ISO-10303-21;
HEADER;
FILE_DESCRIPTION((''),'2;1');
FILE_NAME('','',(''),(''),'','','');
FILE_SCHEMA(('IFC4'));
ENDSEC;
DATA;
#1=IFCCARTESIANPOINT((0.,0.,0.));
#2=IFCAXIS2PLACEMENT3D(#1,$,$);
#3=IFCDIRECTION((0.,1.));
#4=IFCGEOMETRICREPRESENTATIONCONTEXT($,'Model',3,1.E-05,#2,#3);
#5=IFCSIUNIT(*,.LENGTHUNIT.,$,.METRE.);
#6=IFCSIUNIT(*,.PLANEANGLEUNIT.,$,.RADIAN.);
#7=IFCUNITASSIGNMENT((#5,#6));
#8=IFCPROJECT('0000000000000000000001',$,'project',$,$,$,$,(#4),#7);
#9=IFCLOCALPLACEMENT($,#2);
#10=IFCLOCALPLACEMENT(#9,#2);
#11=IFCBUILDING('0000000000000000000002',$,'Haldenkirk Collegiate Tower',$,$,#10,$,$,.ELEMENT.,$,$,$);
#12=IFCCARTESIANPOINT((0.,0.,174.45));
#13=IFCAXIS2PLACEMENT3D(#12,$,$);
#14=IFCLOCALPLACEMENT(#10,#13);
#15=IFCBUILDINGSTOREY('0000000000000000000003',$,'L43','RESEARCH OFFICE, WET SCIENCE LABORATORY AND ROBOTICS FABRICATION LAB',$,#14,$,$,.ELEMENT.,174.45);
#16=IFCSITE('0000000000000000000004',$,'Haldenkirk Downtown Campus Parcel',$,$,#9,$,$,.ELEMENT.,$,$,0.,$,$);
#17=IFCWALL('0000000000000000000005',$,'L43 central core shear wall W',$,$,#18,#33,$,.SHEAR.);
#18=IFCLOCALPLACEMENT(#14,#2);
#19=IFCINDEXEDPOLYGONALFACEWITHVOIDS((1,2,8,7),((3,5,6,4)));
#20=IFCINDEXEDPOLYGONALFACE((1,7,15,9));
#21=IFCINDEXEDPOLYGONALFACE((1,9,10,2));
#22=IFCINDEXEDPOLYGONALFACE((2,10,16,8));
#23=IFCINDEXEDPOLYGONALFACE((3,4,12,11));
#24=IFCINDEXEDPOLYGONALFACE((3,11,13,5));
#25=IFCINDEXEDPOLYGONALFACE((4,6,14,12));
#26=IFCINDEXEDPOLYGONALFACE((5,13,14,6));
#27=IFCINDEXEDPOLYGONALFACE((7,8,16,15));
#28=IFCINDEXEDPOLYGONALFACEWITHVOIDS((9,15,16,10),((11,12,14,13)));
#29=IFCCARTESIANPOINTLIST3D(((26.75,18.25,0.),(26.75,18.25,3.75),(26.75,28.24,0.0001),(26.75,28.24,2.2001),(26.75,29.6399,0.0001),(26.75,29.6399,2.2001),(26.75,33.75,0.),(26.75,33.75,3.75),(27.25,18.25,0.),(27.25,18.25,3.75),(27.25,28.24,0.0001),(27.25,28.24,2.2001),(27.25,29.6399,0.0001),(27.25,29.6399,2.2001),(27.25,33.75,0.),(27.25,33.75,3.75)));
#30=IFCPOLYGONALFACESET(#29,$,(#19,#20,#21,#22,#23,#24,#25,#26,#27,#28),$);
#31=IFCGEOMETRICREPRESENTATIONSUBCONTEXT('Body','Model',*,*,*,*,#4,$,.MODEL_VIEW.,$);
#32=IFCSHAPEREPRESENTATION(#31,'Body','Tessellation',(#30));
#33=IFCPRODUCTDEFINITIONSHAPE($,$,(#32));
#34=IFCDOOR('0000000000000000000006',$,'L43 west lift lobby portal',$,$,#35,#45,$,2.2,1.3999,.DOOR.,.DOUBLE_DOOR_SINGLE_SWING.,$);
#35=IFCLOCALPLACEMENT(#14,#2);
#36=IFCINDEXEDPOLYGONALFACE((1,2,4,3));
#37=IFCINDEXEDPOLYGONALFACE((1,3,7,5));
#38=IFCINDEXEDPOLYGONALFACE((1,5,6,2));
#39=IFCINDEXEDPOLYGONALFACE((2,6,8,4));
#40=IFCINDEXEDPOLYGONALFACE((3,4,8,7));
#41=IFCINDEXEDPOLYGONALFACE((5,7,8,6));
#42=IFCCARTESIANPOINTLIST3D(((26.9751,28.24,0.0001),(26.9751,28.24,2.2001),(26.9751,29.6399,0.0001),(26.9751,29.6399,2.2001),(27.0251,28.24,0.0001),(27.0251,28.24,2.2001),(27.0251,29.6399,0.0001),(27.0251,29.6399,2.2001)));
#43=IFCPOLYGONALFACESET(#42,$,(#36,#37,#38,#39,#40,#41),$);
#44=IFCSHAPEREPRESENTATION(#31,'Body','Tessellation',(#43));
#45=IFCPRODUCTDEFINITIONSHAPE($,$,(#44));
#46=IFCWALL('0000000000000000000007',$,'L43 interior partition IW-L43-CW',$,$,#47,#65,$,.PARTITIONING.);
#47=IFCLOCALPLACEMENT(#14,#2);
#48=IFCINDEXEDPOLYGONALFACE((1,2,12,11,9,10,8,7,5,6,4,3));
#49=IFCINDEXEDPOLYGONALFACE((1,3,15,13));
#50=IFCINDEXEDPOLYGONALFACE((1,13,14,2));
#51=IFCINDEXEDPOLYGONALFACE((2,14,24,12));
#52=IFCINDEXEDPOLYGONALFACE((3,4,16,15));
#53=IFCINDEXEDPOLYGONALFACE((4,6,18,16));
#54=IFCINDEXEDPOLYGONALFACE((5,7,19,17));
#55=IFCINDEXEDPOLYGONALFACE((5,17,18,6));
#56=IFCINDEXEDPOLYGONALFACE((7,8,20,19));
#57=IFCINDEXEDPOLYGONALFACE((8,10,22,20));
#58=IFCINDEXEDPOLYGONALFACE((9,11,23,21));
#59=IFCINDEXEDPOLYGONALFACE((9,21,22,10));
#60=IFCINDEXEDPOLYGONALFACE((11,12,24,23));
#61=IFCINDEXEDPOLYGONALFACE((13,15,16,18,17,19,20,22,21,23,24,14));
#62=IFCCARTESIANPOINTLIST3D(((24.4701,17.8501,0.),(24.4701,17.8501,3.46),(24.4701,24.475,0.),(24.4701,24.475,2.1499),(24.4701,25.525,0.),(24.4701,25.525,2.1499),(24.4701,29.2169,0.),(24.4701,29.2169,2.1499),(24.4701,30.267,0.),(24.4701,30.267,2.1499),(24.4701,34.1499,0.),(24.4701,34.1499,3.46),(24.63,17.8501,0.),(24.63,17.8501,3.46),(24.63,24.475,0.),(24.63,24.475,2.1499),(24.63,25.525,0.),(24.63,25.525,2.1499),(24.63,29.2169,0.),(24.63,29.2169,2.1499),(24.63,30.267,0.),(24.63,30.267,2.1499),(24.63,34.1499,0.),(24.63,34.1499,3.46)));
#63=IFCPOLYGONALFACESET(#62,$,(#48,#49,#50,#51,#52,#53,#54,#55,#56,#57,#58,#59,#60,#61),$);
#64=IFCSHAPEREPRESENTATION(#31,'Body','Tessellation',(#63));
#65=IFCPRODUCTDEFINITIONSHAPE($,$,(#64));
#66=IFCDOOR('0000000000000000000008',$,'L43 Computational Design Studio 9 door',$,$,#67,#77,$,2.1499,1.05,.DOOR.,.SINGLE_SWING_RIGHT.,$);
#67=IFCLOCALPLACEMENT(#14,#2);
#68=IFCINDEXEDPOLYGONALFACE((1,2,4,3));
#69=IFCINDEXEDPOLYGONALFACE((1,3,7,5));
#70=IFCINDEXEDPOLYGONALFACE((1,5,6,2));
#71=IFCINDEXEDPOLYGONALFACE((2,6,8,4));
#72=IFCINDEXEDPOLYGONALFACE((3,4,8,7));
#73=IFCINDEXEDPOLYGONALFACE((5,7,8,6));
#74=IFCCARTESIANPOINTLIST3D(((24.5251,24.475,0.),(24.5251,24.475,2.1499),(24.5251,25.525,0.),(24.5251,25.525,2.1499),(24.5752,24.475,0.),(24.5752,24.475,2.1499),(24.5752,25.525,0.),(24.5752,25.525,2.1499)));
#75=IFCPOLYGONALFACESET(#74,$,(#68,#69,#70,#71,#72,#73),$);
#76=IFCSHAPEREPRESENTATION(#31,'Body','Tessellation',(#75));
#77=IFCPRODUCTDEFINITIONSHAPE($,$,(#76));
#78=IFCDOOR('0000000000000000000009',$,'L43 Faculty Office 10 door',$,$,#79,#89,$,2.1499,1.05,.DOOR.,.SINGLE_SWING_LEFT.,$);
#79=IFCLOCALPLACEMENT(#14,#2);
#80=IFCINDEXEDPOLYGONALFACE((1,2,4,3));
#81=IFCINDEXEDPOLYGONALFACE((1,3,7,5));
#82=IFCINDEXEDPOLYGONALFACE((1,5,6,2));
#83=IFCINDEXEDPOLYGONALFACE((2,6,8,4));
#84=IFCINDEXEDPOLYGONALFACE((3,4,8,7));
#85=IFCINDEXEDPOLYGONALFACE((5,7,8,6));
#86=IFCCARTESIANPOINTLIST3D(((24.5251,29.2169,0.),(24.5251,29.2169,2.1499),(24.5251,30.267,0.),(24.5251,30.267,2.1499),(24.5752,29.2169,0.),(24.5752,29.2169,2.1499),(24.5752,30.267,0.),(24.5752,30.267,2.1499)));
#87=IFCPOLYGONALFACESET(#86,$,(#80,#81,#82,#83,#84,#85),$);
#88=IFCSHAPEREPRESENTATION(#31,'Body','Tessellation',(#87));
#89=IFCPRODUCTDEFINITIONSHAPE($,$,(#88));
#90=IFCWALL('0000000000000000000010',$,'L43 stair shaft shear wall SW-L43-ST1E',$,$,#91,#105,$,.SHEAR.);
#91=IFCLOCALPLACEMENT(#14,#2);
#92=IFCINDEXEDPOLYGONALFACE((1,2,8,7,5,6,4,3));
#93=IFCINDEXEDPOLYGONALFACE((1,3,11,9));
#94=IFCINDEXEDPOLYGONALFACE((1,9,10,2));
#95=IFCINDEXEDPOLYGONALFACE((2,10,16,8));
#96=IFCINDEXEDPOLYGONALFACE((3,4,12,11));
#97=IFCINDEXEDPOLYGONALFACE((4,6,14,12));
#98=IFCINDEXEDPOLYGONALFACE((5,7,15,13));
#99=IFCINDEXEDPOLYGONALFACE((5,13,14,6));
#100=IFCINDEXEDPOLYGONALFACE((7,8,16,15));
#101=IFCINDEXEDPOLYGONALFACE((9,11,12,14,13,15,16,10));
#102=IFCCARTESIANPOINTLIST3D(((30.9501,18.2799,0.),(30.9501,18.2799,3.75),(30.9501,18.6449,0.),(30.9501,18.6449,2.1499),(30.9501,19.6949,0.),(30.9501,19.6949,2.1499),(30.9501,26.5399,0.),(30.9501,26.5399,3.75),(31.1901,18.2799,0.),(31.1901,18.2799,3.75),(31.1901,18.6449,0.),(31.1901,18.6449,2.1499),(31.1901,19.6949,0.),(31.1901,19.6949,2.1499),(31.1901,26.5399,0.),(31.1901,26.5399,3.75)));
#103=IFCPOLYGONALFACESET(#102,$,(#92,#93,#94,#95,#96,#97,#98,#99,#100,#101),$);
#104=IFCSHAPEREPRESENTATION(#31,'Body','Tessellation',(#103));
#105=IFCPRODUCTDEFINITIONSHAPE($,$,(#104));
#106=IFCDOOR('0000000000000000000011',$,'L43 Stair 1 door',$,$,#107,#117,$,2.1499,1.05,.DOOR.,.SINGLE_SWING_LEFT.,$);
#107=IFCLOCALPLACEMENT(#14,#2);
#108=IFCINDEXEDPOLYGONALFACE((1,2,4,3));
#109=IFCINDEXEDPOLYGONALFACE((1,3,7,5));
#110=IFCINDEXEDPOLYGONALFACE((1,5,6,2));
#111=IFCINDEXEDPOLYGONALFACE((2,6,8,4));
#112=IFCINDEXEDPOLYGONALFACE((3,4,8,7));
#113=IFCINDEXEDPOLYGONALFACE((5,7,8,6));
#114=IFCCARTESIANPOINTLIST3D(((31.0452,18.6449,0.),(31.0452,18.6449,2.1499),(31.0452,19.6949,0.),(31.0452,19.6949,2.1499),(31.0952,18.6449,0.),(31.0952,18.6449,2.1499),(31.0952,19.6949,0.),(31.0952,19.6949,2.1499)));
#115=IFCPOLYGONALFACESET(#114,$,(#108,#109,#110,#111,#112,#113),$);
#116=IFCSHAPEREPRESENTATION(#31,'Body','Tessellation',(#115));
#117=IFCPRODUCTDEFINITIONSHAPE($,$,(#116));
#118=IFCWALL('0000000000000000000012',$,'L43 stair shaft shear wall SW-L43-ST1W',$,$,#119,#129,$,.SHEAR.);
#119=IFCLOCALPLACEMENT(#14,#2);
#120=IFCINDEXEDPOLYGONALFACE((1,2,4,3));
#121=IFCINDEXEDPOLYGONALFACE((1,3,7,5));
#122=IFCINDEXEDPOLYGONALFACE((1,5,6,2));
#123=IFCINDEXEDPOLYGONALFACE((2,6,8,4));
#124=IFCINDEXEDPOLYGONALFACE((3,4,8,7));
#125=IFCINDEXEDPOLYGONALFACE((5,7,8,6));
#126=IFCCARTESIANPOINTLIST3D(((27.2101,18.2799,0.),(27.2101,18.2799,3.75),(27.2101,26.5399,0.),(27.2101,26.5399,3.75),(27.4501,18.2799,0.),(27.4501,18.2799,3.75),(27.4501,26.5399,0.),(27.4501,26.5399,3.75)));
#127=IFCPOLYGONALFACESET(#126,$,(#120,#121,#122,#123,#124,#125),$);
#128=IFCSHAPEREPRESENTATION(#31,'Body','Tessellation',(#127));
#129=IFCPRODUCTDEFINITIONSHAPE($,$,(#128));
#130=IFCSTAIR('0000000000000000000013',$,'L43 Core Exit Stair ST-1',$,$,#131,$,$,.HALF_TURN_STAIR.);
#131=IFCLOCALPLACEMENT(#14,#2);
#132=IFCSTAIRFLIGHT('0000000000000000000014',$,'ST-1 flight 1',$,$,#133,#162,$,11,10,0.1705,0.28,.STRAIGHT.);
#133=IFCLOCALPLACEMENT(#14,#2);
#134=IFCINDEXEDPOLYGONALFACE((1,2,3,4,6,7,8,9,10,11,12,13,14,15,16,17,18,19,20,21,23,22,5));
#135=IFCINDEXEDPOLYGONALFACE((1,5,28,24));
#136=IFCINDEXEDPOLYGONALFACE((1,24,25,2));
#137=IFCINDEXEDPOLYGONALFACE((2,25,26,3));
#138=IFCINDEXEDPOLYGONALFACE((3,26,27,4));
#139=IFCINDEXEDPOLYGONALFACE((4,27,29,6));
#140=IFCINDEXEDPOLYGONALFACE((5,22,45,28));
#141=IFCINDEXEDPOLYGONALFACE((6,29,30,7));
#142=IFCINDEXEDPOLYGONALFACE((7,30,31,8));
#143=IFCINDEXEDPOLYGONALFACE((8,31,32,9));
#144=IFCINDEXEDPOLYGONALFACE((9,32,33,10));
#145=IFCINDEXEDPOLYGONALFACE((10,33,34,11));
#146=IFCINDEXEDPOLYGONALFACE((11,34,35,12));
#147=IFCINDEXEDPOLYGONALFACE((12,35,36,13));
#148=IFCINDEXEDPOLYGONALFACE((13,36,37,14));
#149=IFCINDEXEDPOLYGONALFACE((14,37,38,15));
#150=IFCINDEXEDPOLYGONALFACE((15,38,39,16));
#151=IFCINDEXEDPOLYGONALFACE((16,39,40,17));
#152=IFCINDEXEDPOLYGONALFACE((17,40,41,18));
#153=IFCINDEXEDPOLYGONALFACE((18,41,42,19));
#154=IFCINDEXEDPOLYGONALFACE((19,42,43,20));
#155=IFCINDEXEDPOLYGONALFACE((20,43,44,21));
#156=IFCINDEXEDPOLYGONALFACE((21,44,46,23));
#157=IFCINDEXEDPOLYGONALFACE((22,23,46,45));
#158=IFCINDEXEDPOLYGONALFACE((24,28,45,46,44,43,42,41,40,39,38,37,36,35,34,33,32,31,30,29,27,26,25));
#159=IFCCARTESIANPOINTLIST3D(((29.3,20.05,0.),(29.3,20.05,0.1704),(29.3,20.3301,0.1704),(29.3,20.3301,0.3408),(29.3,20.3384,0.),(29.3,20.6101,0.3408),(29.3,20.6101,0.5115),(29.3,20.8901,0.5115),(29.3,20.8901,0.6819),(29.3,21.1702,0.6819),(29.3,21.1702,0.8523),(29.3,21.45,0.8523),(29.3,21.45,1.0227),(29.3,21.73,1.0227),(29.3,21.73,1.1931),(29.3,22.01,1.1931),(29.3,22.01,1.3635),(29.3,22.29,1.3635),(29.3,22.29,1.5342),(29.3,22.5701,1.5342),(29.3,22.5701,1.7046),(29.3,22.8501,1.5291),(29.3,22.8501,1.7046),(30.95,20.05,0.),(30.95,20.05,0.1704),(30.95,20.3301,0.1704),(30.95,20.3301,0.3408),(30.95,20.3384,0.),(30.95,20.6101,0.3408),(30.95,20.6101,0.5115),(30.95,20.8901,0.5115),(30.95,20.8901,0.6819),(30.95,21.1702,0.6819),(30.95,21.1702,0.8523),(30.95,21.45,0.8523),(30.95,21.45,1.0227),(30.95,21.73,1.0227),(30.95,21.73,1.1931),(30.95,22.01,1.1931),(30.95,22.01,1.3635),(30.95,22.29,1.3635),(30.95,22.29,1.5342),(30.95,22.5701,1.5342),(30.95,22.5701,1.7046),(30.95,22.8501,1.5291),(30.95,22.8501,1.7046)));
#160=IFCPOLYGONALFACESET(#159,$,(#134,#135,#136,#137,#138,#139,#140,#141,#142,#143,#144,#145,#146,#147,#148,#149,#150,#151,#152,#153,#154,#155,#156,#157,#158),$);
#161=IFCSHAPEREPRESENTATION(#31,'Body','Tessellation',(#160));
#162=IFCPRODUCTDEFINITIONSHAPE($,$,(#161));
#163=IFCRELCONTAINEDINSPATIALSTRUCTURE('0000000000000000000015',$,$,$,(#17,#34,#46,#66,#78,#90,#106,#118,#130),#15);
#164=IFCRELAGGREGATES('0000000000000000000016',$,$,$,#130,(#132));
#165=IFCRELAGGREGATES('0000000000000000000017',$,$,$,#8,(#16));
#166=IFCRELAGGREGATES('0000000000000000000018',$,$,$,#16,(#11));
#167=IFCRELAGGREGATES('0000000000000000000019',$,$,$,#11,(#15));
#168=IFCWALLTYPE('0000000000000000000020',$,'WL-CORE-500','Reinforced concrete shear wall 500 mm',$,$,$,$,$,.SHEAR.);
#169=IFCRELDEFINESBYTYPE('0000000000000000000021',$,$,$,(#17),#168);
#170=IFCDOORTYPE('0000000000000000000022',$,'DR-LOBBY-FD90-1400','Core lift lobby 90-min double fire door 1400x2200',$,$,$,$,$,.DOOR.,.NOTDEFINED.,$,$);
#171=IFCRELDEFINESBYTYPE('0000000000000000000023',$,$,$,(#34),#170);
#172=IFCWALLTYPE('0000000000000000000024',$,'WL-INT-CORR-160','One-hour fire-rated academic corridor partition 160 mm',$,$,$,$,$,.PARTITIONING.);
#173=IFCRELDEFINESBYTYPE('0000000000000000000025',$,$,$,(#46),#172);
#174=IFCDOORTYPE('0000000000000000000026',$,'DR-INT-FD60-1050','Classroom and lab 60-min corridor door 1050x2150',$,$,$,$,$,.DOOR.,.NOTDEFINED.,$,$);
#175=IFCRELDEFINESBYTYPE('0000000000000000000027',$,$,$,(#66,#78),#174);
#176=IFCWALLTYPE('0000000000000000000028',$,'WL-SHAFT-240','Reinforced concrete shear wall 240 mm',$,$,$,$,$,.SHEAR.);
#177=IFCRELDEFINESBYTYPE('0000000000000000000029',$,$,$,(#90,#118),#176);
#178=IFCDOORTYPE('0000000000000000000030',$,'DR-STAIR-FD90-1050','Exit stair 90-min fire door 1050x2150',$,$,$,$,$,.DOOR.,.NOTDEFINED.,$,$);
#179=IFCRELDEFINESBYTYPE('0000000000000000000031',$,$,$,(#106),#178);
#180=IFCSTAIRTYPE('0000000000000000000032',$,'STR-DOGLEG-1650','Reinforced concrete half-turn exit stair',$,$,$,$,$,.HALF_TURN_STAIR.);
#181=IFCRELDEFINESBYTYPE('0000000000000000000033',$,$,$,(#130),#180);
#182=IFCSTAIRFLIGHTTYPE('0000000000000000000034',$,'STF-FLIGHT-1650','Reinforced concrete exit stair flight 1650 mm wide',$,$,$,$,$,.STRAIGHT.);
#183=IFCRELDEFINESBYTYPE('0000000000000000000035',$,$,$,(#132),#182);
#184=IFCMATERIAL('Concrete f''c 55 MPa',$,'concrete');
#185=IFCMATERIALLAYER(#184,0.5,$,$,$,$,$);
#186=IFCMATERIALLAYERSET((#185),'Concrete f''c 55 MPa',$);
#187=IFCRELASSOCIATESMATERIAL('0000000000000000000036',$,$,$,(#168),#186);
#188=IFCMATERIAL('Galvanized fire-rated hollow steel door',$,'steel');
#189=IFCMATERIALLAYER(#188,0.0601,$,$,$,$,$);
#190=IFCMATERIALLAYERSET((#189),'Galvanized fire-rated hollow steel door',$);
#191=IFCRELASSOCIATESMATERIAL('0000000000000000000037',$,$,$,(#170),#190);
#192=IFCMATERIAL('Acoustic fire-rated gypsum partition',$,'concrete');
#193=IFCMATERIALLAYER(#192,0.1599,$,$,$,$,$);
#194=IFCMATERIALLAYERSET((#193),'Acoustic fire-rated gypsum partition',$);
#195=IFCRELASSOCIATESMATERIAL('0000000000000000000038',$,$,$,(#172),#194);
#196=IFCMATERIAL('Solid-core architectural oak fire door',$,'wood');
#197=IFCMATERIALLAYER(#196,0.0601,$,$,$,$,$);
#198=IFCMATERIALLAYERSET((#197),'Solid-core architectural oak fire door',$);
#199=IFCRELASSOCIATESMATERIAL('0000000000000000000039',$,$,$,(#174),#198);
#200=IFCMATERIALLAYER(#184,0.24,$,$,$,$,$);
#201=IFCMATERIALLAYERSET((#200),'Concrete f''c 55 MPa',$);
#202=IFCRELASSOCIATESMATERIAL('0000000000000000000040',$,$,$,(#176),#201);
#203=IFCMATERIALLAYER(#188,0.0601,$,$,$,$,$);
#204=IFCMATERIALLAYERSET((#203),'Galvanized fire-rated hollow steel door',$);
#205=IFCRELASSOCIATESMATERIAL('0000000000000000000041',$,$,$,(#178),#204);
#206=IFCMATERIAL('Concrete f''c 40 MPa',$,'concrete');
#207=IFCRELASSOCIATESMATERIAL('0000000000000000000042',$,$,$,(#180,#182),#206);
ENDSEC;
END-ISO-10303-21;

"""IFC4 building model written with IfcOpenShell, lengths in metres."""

from ifc_helpers import new_model, si_unit, direction, frame, frame_2d, origin, place, context, subcontext, project, spatial, polyline, rectangle, outline, extrude, material, layer, layer_set, type_object, element, fill, aggregate, save


model = new_model("IFC4")

# Units and contexts
model_context = context("Model", 3, precision=1e-05, world=origin(), true_north=direction((0.0, 1.0)))
body_context = subcontext(model_context, "Body", "Model", "MODEL_VIEW")
ifc_project = project(units=[si_unit("LENGTHUNIT", "METRE"), si_unit("PLANEANGLEUNIT", "RADIAN")], contexts=[model_context])

# Site, building, storey
site_placement = place(None, origin())
site = spatial("IfcSite", under=ifc_project, at=site_placement, Name="Haldenkirk Downtown Campus Parcel", CompositionType="ELEMENT", RefElevation=0.0)
building_placement = place(site_placement, origin())
building = spatial("IfcBuilding", under=site, at=building_placement, Name="Haldenkirk Collegiate Tower", CompositionType="ELEMENT")
storey_placement = place(building_placement, frame((0.0, 0.0, 174.45)))
storey = spatial("IfcBuildingStorey", under=building, at=storey_placement, Name="L43", Description="RESEARCH OFFICE, WET SCIENCE LABORATORY AND ROBOTICS FABRICATION LAB", CompositionType="ELEMENT", Elevation=174.45)

# Shared definitions
ifc_material_1 = material(Name="Concrete f'c 55 MPa", Category="concrete")
ifc_layer_1 = layer(ifc_material_1, 0.5)
ifc_layer_set_1 = layer_set([ifc_layer_1], Name="Concrete f'c 55 MPa")
wall_type_1 = type_object("IfcWallType", Name="WL-CORE-500", Description="Reinforced concrete shear wall 500 mm", PredefinedType="SHEAR", material=ifc_layer_set_1)
ifc_material_2 = material(Name="Galvanized fire-rated hollow steel door", Category="steel")

# Wall, opening, door
wall_1_placement = place(storey_placement, frame((27.0, 18.25, 0.0), z_axis=(0.0, 0.0, 1.0), x_axis=(0.0, 1.0, 0.0)))
wall_1 = element("IfcWall", 1, at=wall_1_placement, inside=storey, type_object=wall_type_1, Name="L43 central core shear wall W", PredefinedType="SHEAR", context=body_context, shape_type="SweptSolid", body=[
    extrude(rectangle(XDim=15.5, YDim=0.5, at=frame_2d((7.75, 0.0))), origin(), (0.0, 0.0, 1.0), 3.75),
])
opening_1_placement = place(wall_1_placement, frame((9.99, 0.0, 0.0)))
opening_1 = element("IfcOpeningElement", 2, at=opening_1_placement, cuts=wall_1, PredefinedType="OPENING", context=body_context, shape_type="SweptSolid", body=[
    extrude(rectangle(XDim=1.3999, YDim=2.2, at=frame_2d((0.7, 1.1001))), frame((0.0, 0.26, 0.0), z_axis=(0.0, -1.0, 0.0), x_axis=(1.0, 0.0, 0.0)), (0.0, 0.0, 1.0), 0.52),
])
ifc_layer_2 = layer(ifc_material_2, 0.0601)
ifc_layer_set_2 = layer_set([ifc_layer_2], Name="Galvanized fire-rated hollow steel door")
door_type_1 = type_object("IfcDoorType", Name="DR-LOBBY-FD90-1400", Description="Core lift lobby 90-min double fire door 1400x2200", OperationType="NOTDEFINED", PredefinedType="DOOR", material=ifc_layer_set_2)
door_1_placement = place(opening_1_placement, origin())
door_1 = element("IfcDoor", 3, at=door_1_placement, inside=storey, type_object=door_type_1, Name="L43 west lift lobby portal", OperationType="DOUBLE_DOOR_SINGLE_SWING", OverallHeight=2.2, OverallWidth=1.3999, PredefinedType="DOOR", context=body_context, shape_type="SweptSolid", body=[
    extrude(rectangle(XDim=1.3999, YDim=2.2, at=frame_2d((0.7, 1.1001))), frame((0.0, 0.0249, 0.0), z_axis=(0.0, -1.0, 0.0), x_axis=(1.0, 0.0, 0.0)), (0.0, 0.0, 1.0), 0.05),
])
fill(opening_1, door_1)

# Wall, openings, doors
ifc_material_3 = material(Name="Acoustic fire-rated gypsum partition", Category="concrete")
ifc_layer_3 = layer(ifc_material_3, 0.1599)
ifc_layer_set_3 = layer_set([ifc_layer_3], Name="Acoustic fire-rated gypsum partition")
wall_type_2 = type_object("IfcWallType", Name="WL-INT-CORR-160", Description="One-hour fire-rated academic corridor partition 160 mm", PredefinedType="PARTITIONING", material=ifc_layer_set_3)
wall_2_placement = place(storey_placement, frame((24.55, 17.8501, 0.0), z_axis=(0.0, 0.0, 1.0), x_axis=(0.0, 1.0, 0.0)))
wall_2 = element("IfcWall", 4, at=wall_2_placement, inside=storey, type_object=wall_type_2, Name="L43 interior partition IW-L43-CW", PredefinedType="PARTITIONING", context=body_context, shape_type="SweptSolid", body=[
    extrude(rectangle(XDim=16.2998, YDim=0.1599, at=frame_2d((8.1499, 0.0))), origin(), (0.0, 0.0, 1.0), 3.46),
])
opening_2_placement = place(wall_2_placement, frame((6.625, 0.0, 0.0)))
opening_2 = element("IfcOpeningElement", 5, at=opening_2_placement, cuts=wall_2, PredefinedType="OPENING", context=body_context, shape_type="SweptSolid", body=[
    extrude(rectangle(XDim=1.05, YDim=2.1499, at=frame_2d((0.5249, 1.075))), frame((0.0, 0.0898, 0.0), z_axis=(0.0, -1.0, 0.0), x_axis=(1.0, 0.0, 0.0)), (0.0, 0.0, 1.0), 0.1799),
])
opening_3_placement = place(wall_2_placement, frame((11.3669, 0.0, 0.0)))
opening_3 = element("IfcOpeningElement", 6, at=opening_3_placement, cuts=wall_2, PredefinedType="OPENING", context=body_context, shape_type="SweptSolid", body=[
    extrude(rectangle(XDim=1.05, YDim=2.1499, at=frame_2d((0.5249, 1.075))), frame((0.0, 0.0898, 0.0), z_axis=(0.0, -1.0, 0.0), x_axis=(1.0, 0.0, 0.0)), (0.0, 0.0, 1.0), 0.1799),
])
ifc_material_4 = material(Name="Solid-core architectural oak fire door", Category="wood")
ifc_layer_4 = layer(ifc_material_4, 0.0601)
ifc_layer_set_4 = layer_set([ifc_layer_4], Name="Solid-core architectural oak fire door")
door_type_2 = type_object("IfcDoorType", Name="DR-INT-FD60-1050", Description="Classroom and lab 60-min corridor door 1050x2150", OperationType="NOTDEFINED", PredefinedType="DOOR", material=ifc_layer_set_4)
door_2_placement = place(opening_2_placement, origin())
door_2 = element("IfcDoor", 7, at=door_2_placement, inside=storey, type_object=door_type_2, Name="L43 Computational Design Studio 9 door", OperationType="SINGLE_SWING_RIGHT", OverallHeight=2.1499, OverallWidth=1.05, PredefinedType="DOOR", context=body_context, shape_type="SweptSolid", body=[
    extrude(rectangle(XDim=1.05, YDim=2.1499, at=frame_2d((0.5249, 1.075))), frame((0.0, 0.0249, 0.0), z_axis=(0.0, -1.0, 0.0), x_axis=(1.0, 0.0, 0.0)), (0.0, 0.0, 1.0), 0.05),
])
fill(opening_2, door_2)
door_3_placement = place(opening_3_placement, origin())
door_3 = element("IfcDoor", 8, at=door_3_placement, inside=storey, type_object=door_type_2, Name="L43 Faculty Office 10 door", OperationType="SINGLE_SWING_LEFT", OverallHeight=2.1499, OverallWidth=1.05, PredefinedType="DOOR", context=body_context, shape_type="SweptSolid", body=[
    extrude(rectangle(XDim=1.05, YDim=2.1499, at=frame_2d((0.5249, 1.075))), frame((0.0, 0.0249, 0.0), z_axis=(0.0, -1.0, 0.0), x_axis=(1.0, 0.0, 0.0)), (0.0, 0.0, 1.0), 0.05),
])
fill(opening_3, door_3)

# Wall, opening, door
ifc_layer_5 = layer(ifc_material_1, 0.24)
ifc_layer_set_5 = layer_set([ifc_layer_5], Name="Concrete f'c 55 MPa")
wall_type_3 = type_object("IfcWallType", Name="WL-SHAFT-240", Description="Reinforced concrete shear wall 240 mm", PredefinedType="SHEAR", material=ifc_layer_set_5)
wall_3_placement = place(storey_placement, frame((31.0701, 18.28, 0.0), z_axis=(0.0, 0.0, 1.0), x_axis=(0.0, 1.0, 0.0)))
wall_3 = element("IfcWall", 9, at=wall_3_placement, inside=storey, type_object=wall_type_3, Name="L43 stair shaft shear wall SW-L43-ST1E", PredefinedType="SHEAR", context=body_context, shape_type="SweptSolid", body=[
    extrude(rectangle(XDim=8.26, YDim=0.24, at=frame_2d((4.1299, 0.0))), origin(), (0.0, 0.0, 1.0), 3.75),
])
opening_4_placement = place(wall_3_placement, frame((0.365, 0.0, 0.0)))
opening_4 = element("IfcOpeningElement", 10, at=opening_4_placement, cuts=wall_3, PredefinedType="OPENING", context=body_context, shape_type="SweptSolid", body=[
    extrude(rectangle(XDim=1.05, YDim=2.1499, at=frame_2d((0.5249, 1.075))), frame((0.0, 0.1299, 0.0), z_axis=(0.0, -1.0, 0.0), x_axis=(1.0, 0.0, 0.0)), (0.0, 0.0, 1.0), 0.26),
])
ifc_layer_6 = layer(ifc_material_2, 0.0601)
ifc_layer_set_6 = layer_set([ifc_layer_6], Name="Galvanized fire-rated hollow steel door")
door_type_3 = type_object("IfcDoorType", Name="DR-STAIR-FD90-1050", Description="Exit stair 90-min fire door 1050x2150", OperationType="NOTDEFINED", PredefinedType="DOOR", material=ifc_layer_set_6)
door_4_placement = place(opening_4_placement, origin())
door_4 = element("IfcDoor", 11, at=door_4_placement, inside=storey, type_object=door_type_3, Name="L43 Stair 1 door", OperationType="SINGLE_SWING_LEFT", OverallHeight=2.1499, OverallWidth=1.05, PredefinedType="DOOR", context=body_context, shape_type="SweptSolid", body=[
    extrude(rectangle(XDim=1.05, YDim=2.1499, at=frame_2d((0.5249, 1.075))), frame((0.0, 0.0249, 0.0), z_axis=(0.0, -1.0, 0.0), x_axis=(1.0, 0.0, 0.0)), (0.0, 0.0, 1.0), 0.05),
])
fill(opening_4, door_4)

# Wall
wall_4_placement = place(storey_placement, frame((27.3301, 18.28, 0.0), z_axis=(0.0, 0.0, 1.0), x_axis=(0.0, 1.0, 0.0)))
element("IfcWall", 12, at=wall_4_placement, inside=storey, type_object=wall_type_3, Name="L43 stair shaft shear wall SW-L43-ST1W", PredefinedType="SHEAR", context=body_context, shape_type="SweptSolid", body=[
    extrude(rectangle(XDim=8.26, YDim=0.24, at=frame_2d((4.1299, 0.0))), origin(), (0.0, 0.0, 1.0), 3.75),
])

# Stair, stair flight
ifc_material_5 = material(Name="Concrete f'c 40 MPa", Category="concrete")
stair_type = type_object("IfcStairType", Name="STR-DOGLEG-1650", Description="Reinforced concrete half-turn exit stair", PredefinedType="HALF_TURN_STAIR", material=ifc_material_5)
stair_placement = place(storey_placement, origin())
stair = element("IfcStair", 13, at=stair_placement, inside=storey, type_object=stair_type, Name="L43 Core Exit Stair ST-1", PredefinedType="HALF_TURN_STAIR")
stair_flight_type = type_object("IfcStairFlightType", Name="STF-FLIGHT-1650", Description="Reinforced concrete exit stair flight 1650 mm wide", PredefinedType="STRAIGHT", material=ifc_material_5)
stair_flight_placement = place(storey_placement, frame((30.125, 20.05, 0.0), z_axis=(0.0, 0.0, 1.0), x_axis=(0.0, 1.0, 0.0)))
stair_flight = element("IfcStairFlight", 14, at=stair_flight_placement, type_object=stair_flight_type, Name="ST-1 flight 1", NumberOfRisers=11, NumberOfTreads=10, PredefinedType="STRAIGHT", RiserHeight=0.1705, TreadLength=0.28, context=body_context, shape_type="SweptSolid", body=[
    extrude(outline(polyline([(0.0, 0.0), (0.0, 0.1704), (0.28, 0.1704), (0.28, 0.3408), (0.5601, 0.3408), (0.5601, 0.5115), (0.8401, 0.5115), (0.8401, 0.6819), (1.1201, 0.6819), (1.1201, 0.8523), (1.3999, 0.8523), (1.3999, 1.0227), (1.6799, 1.0227), (1.6799, 1.1931), (1.96, 1.1931), (1.96, 1.3635), (2.24, 1.3635), (2.24, 1.5342), (2.52, 1.5342), (2.52, 1.7046), (2.8, 1.7046), (2.8, 1.875), (2.8, 1.5291), (0.2883, 0.0), (0.0, 0.0)])), frame((0.0, 0.825, 0.0), z_axis=(0.0, -1.0, 0.0), x_axis=(1.0, 0.0, 0.0)), (0.0, 0.0, 1.0), 1.6499),
])
aggregate(stair, [stair_flight])

save(model, "model.ifc")
